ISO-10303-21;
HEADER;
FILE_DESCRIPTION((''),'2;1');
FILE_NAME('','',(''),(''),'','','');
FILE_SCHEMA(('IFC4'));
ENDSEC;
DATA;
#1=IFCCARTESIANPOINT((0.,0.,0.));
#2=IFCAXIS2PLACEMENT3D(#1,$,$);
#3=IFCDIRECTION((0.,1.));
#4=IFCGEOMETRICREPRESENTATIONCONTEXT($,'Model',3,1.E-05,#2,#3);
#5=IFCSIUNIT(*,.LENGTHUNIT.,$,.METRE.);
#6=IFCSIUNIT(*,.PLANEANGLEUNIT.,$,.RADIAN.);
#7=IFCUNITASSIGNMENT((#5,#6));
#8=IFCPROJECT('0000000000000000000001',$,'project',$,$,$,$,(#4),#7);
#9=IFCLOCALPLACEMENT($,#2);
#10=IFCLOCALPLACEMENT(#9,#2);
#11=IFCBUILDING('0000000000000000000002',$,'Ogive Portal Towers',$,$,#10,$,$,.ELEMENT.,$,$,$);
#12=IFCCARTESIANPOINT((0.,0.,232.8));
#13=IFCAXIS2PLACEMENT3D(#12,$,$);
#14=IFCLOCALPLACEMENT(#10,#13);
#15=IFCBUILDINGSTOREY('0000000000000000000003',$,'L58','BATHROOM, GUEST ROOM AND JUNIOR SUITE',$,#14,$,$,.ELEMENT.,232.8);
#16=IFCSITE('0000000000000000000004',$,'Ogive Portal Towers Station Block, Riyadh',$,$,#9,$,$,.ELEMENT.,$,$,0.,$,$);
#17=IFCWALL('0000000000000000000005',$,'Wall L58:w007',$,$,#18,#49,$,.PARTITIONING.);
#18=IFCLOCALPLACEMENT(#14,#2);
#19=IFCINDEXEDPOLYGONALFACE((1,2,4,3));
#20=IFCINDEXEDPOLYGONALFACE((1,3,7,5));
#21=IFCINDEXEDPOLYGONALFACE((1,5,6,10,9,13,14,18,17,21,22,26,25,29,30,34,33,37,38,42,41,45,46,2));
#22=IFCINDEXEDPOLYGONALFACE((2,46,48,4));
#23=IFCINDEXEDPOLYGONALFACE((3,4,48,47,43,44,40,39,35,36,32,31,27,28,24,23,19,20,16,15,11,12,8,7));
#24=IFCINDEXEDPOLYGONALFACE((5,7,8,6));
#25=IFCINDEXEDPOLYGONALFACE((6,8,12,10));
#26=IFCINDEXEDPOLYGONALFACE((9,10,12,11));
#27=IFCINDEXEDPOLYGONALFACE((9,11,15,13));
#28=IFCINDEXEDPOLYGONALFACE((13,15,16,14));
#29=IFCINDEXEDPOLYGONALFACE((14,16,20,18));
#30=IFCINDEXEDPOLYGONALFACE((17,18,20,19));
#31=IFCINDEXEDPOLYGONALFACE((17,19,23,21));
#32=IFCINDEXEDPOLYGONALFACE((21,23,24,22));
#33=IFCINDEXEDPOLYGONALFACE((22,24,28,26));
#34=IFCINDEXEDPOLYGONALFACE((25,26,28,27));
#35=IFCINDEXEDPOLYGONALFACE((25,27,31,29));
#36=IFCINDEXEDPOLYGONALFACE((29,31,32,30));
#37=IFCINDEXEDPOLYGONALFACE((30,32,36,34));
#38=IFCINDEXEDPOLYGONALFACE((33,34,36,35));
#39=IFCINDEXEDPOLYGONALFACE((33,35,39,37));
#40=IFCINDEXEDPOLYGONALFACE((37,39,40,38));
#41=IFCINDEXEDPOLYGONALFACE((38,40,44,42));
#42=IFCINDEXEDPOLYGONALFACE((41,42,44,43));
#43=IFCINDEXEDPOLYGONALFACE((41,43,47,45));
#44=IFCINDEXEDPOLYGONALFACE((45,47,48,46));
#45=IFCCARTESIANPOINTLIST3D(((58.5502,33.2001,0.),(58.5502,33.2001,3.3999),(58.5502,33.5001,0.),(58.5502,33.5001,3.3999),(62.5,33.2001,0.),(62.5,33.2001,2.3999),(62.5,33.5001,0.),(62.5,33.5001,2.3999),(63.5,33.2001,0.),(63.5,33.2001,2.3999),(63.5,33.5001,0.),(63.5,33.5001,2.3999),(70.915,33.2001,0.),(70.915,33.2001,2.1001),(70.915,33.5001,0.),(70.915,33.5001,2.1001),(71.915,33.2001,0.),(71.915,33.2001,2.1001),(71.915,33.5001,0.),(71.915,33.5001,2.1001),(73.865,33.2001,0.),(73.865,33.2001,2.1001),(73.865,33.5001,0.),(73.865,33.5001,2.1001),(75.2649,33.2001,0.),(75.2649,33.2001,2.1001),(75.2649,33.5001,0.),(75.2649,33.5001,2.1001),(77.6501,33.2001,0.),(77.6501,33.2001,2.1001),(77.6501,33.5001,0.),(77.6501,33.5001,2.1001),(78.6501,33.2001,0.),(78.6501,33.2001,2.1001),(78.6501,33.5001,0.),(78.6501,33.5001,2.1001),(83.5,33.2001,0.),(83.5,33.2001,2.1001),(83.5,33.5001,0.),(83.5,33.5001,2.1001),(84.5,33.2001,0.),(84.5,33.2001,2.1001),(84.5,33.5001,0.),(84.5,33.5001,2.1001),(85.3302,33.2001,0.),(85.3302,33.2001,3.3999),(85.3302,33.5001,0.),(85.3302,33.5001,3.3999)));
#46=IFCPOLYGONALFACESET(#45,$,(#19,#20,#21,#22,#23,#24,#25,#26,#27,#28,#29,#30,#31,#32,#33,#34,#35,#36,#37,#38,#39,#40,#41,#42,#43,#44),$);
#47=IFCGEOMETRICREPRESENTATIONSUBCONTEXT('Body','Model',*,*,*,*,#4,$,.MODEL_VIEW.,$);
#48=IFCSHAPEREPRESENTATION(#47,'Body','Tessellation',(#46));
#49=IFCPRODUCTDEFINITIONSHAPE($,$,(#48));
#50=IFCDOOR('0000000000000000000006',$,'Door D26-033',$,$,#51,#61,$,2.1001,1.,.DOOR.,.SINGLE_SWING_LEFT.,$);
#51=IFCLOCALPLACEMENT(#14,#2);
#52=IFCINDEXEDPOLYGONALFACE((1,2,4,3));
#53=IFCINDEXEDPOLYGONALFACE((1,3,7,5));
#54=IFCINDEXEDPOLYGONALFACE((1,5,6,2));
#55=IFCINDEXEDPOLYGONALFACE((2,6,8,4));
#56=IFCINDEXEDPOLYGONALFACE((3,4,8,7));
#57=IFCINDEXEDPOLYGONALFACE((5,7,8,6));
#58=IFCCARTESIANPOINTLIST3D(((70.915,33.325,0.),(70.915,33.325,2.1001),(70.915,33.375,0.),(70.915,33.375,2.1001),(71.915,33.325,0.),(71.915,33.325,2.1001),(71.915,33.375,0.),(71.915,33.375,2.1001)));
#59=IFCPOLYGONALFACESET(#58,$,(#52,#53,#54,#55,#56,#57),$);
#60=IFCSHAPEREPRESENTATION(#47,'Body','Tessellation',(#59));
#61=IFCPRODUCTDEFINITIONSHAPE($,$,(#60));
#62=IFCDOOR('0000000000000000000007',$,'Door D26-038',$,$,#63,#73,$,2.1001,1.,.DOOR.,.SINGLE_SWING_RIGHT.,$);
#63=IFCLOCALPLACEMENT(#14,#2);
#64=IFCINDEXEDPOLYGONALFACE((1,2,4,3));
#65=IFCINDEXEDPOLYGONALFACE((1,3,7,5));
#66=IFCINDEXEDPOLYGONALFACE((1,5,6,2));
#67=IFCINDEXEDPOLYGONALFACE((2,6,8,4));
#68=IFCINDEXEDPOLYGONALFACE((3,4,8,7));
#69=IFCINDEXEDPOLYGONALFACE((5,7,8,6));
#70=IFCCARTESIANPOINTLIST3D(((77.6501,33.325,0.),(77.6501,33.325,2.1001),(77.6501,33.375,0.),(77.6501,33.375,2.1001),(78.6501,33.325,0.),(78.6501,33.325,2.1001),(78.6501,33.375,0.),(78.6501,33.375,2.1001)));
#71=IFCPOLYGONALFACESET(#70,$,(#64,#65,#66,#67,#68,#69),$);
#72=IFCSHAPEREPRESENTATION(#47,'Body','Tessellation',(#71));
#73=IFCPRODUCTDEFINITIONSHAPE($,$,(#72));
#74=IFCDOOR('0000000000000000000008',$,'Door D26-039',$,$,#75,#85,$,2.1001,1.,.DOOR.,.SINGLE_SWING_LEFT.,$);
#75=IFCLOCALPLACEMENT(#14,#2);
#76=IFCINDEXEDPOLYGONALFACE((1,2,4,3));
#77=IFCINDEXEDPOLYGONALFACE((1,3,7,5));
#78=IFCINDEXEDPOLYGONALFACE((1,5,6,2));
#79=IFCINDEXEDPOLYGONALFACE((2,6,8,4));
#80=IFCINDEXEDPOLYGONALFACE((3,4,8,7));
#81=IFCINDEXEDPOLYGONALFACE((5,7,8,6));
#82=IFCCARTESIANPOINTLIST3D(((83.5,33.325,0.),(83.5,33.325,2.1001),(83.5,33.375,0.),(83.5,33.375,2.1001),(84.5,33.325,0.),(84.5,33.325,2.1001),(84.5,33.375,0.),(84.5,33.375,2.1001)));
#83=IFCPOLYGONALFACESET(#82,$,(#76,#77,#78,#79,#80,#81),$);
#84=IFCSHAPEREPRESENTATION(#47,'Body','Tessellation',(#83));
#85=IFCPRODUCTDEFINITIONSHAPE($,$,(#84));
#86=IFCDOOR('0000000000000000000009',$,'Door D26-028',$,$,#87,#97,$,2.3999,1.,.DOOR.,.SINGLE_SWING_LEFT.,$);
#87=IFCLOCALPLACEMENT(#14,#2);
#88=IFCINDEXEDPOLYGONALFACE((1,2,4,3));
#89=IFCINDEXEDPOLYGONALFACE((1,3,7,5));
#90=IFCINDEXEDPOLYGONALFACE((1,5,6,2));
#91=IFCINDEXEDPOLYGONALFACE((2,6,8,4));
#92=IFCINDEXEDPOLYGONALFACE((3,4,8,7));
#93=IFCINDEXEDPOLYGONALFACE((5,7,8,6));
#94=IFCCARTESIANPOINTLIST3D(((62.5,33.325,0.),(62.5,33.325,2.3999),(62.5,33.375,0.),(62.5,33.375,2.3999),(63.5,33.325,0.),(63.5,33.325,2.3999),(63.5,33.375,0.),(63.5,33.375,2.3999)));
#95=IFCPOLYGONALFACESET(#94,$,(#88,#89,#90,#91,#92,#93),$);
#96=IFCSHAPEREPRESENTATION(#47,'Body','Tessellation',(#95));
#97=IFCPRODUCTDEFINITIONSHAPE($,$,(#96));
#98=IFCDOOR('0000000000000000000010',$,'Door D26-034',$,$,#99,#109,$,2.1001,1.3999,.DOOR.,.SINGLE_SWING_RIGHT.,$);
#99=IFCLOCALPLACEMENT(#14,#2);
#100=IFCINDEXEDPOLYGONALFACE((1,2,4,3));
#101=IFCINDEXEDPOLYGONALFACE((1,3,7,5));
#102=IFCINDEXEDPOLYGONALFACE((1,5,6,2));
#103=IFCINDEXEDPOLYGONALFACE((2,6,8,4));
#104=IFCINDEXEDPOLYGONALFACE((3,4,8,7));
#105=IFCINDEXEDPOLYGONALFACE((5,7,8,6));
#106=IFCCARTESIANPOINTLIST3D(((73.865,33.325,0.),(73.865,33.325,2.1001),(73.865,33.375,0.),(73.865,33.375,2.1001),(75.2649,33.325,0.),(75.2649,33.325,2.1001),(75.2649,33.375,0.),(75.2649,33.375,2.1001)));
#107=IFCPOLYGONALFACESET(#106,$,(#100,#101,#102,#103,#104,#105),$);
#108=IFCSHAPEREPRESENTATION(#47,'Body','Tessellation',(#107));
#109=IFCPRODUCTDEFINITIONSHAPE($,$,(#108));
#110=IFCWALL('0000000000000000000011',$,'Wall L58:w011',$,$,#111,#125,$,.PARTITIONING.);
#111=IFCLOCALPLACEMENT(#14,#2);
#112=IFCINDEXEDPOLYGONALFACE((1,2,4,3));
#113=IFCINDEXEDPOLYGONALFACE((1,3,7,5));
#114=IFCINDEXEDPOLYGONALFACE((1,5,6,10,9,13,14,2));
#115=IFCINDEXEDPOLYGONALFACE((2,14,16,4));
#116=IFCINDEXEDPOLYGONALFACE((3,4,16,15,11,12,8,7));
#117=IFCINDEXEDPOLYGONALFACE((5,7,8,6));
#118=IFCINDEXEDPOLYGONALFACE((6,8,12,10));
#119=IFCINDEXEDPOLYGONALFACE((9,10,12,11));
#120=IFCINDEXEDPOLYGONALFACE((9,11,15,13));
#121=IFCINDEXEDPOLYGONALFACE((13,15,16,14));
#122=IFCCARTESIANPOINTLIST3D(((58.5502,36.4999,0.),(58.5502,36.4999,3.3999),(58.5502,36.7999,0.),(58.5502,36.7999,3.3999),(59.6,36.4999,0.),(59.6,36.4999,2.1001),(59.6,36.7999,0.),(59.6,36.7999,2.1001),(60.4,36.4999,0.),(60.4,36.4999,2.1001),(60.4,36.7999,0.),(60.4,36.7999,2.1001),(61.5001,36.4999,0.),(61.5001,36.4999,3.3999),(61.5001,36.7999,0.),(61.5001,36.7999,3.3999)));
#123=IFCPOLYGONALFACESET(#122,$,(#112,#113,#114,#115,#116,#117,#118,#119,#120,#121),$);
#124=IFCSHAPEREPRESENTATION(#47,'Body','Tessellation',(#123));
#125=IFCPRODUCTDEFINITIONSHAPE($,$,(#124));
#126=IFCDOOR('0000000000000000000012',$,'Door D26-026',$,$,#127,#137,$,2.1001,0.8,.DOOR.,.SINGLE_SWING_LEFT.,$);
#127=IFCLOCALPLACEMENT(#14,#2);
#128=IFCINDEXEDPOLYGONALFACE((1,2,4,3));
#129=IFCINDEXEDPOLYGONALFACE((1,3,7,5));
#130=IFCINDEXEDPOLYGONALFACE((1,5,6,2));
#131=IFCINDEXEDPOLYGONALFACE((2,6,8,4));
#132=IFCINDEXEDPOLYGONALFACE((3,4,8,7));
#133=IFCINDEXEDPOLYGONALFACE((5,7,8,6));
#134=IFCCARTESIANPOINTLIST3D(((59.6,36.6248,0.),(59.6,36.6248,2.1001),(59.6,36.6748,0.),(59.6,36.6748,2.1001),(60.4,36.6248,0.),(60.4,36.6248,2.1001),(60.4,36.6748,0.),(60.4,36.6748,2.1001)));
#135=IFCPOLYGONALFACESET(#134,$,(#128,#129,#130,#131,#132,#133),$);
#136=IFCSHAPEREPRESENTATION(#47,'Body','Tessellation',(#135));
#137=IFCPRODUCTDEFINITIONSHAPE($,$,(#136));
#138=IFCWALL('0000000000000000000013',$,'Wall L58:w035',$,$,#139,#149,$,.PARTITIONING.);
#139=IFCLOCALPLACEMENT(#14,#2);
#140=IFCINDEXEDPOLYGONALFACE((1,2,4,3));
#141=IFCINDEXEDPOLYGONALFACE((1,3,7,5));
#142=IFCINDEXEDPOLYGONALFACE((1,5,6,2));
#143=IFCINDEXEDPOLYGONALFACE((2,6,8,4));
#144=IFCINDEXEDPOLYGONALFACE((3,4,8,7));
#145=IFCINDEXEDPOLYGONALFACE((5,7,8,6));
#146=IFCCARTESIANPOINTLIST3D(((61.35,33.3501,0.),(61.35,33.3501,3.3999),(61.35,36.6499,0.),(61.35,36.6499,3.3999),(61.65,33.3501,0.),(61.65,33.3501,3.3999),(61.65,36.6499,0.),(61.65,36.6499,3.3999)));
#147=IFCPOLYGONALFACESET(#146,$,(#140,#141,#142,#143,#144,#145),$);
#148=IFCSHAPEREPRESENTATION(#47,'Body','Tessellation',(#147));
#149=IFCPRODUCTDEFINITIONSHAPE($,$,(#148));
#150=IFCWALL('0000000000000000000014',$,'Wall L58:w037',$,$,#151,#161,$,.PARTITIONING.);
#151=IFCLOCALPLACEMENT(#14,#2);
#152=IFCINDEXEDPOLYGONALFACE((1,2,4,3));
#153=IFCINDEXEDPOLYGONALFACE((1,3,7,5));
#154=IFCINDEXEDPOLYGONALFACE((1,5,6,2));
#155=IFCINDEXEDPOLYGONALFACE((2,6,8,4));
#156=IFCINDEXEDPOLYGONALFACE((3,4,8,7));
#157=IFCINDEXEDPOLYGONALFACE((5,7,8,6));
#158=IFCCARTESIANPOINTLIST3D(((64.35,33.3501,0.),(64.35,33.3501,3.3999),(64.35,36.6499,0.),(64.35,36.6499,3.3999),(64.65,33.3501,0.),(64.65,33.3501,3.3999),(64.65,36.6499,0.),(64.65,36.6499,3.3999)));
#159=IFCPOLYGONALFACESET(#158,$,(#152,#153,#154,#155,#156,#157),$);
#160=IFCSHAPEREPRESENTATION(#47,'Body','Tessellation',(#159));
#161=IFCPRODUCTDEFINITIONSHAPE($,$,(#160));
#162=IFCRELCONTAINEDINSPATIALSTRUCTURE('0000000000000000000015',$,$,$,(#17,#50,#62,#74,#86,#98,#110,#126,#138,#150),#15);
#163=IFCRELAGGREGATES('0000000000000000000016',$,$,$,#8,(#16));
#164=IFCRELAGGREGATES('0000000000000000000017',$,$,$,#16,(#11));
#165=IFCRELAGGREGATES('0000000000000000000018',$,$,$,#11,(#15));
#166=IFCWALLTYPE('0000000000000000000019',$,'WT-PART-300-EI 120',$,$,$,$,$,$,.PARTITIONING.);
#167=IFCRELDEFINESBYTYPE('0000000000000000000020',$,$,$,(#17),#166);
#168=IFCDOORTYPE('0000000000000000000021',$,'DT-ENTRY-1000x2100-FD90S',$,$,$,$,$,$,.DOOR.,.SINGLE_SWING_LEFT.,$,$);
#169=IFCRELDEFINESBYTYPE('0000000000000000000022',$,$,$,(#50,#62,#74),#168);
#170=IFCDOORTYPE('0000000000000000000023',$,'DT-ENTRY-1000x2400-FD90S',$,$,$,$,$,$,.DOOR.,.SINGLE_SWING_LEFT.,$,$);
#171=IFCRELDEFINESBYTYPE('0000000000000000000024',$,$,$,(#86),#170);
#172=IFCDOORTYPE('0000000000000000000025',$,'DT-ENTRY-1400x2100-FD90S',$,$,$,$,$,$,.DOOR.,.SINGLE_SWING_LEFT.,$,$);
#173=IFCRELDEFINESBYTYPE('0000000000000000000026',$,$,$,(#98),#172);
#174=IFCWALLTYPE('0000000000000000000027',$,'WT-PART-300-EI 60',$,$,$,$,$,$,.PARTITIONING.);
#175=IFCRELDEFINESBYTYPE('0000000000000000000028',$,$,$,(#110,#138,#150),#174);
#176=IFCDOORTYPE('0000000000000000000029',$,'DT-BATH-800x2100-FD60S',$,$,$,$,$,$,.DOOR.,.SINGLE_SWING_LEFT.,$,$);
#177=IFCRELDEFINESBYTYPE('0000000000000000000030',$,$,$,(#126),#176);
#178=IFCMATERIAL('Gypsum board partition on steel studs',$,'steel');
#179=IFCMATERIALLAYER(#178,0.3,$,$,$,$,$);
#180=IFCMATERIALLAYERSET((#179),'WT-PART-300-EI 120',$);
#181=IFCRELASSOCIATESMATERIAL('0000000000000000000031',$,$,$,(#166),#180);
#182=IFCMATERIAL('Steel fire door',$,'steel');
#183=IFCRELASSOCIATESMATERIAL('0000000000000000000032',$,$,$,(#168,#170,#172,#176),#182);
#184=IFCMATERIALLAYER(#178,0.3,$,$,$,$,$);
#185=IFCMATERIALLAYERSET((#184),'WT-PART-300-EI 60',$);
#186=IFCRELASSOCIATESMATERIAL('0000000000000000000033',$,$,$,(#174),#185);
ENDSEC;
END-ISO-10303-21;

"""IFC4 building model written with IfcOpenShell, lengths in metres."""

from ifc_helpers import new_model, si_unit, direction, frame, frame_2d, origin, place, context, subcontext, project, spatial, rectangle, extrude, material, layer, layer_set, type_object, element, fill, save


model = new_model("IFC4")

# Units and contexts
model_context = context("Model", 3, precision=1e-05, world=origin(), true_north=direction((0.0, 1.0)))
body_context = subcontext(model_context, "Body", "Model", "MODEL_VIEW")
ifc_project = project(units=[si_unit("LENGTHUNIT", "METRE"), si_unit("PLANEANGLEUNIT", "RADIAN")], contexts=[model_context])

# Site, building, storey
site_placement = place(None, origin())
site = spatial("IfcSite", under=ifc_project, at=site_placement, Name="Ogive Portal Towers Station Block, Riyadh", CompositionType="ELEMENT", RefElevation=0.0)
building_placement = place(site_placement, origin())
building = spatial("IfcBuilding", under=site, at=building_placement, Name="Ogive Portal Towers", CompositionType="ELEMENT")
storey_placement = place(building_placement, frame((0.0, 0.0, 232.8)))
storey = spatial("IfcBuildingStorey", under=building, at=storey_placement, Name="L58", Description="BATHROOM, GUEST ROOM AND JUNIOR SUITE", CompositionType="ELEMENT", Elevation=232.8)

# Wall, openings, doors
ifc_material_1 = material(Name="Gypsum board partition on steel studs", Category="steel")
ifc_layer_1 = layer(ifc_material_1, 0.3)
ifc_layer_set_1 = layer_set([ifc_layer_1], Name="WT-PART-300-EI 120")
wall_type_1 = type_object("IfcWallType", Name="WT-PART-300-EI 120", PredefinedType="PARTITIONING", material=ifc_layer_set_1)
wall_1_placement = place(storey_placement, frame((58.55, 33.3501, 0.0), z_axis=(0.0, 0.0, 1.0), x_axis=(1.0, 0.0, 0.0)))
wall_1 = element("IfcWall", 1, at=wall_1_placement, inside=storey, type_object=wall_type_1, Name="Wall L58:w007", PredefinedType="PARTITIONING", context=body_context, shape_type="SweptSolid", body=[
    extrude(rectangle(XDim=26.78, YDim=0.3, at=frame_2d((13.3901, 0.0))), origin(), (0.0, 0.0, 1.0), 3.3999),
])
opening_1_placement = place(wall_1_placement, frame((3.95, 0.0, 0.0)))
opening_1 = element("IfcOpeningElement", 2, at=opening_1_placement, cuts=wall_1, PredefinedType="OPENING", context=body_context, shape_type="SweptSolid", body=[
    extrude(rectangle(XDim=1.0, YDim=2.3999, at=frame_2d((0.5, 1.2))), frame((0.0, 0.1602, 0.0), z_axis=(0.0, -1.0, 0.0), x_axis=(1.0, 0.0, 0.0)), (0.0, 0.0, 1.0), 0.3201),
])
opening_2_placement = place(wall_1_placement, frame((12.365, 0.0, 0.0)))
opening_2 = element("IfcOpeningElement", 3, at=opening_2_placement, cuts=wall_1, PredefinedType="OPENING", context=body_context, shape_type="SweptSolid", body=[
    extrude(rectangle(XDim=1.0, YDim=2.1001, at=frame_2d((0.5, 1.05))), frame((0.0, 0.1602, 0.0), z_axis=(0.0, -1.0, 0.0), x_axis=(1.0, 0.0, 0.0)), (0.0, 0.0, 1.0), 0.3201),
])
opening_3_placement = place(wall_1_placement, frame((15.3149, 0.0, 0.0)))
opening_3 = element("IfcOpeningElement", 4, at=opening_3_placement, cuts=wall_1, PredefinedType="OPENING", context=body_context, shape_type="SweptSolid", body=[
    extrude(rectangle(XDim=1.3999, YDim=2.1001, at=frame_2d((0.7, 1.05))), frame((0.0, 0.1602, 0.0), z_axis=(0.0, -1.0, 0.0), x_axis=(1.0, 0.0, 0.0)), (0.0, 0.0, 1.0), 0.3201),
])
opening_4_placement = place(wall_1_placement, frame((19.1001, 0.0, 0.0)))
opening_4 = element("IfcOpeningElement", 5, at=opening_4_placement, cuts=wall_1, PredefinedType="OPENING", context=body_context, shape_type="SweptSolid", body=[
    extrude(rectangle(XDim=1.0, YDim=2.1001, at=frame_2d((0.5, 1.05))), frame((0.0, 0.1602, 0.0), z_axis=(0.0, -1.0, 0.0), x_axis=(1.0, 0.0, 0.0)), (0.0, 0.0, 1.0), 0.3201),
])
opening_5_placement = place(wall_1_placement, frame((24.95, 0.0, 0.0)))
opening_5 = element("IfcOpeningElement", 6, at=opening_5_placement, cuts=wall_1, PredefinedType="OPENING", context=body_context, shape_type="SweptSolid", body=[
    extrude(rectangle(XDim=1.0, YDim=2.1001, at=frame_2d((0.5, 1.05))), frame((0.0, 0.1602, 0.0), z_axis=(0.0, -1.0, 0.0), x_axis=(1.0, 0.0, 0.0)), (0.0, 0.0, 1.0), 0.3201),
])
ifc_material_2 = material(Name="Steel fire door", Category="steel")
door_type_1 = type_object("IfcDoorType", Name="DT-ENTRY-1000x2100-FD90S", OperationType="SINGLE_SWING_LEFT", PredefinedType="DOOR", material=ifc_material_2)
door_1_placement = place(opening_2_placement, origin())
door_1 = element("IfcDoor", 7, at=door_1_placement, inside=storey, type_object=door_type_1, Name="Door D26-033", OperationType="SINGLE_SWING_LEFT", OverallHeight=2.1001, OverallWidth=1.0, PredefinedType="DOOR", context=body_context, shape_type="SweptSolid", body=[
    extrude(rectangle(XDim=1.0, YDim=2.1001, at=frame_2d((0.5, 1.05))), frame((0.0, 0.0249, 0.0), z_axis=(0.0, -1.0, 0.0), x_axis=(1.0, 0.0, 0.0)), (0.0, 0.0, 1.0), 0.05),
])
fill(opening_2, door_1)
door_2_placement = place(opening_4_placement, origin())
door_2 = element("IfcDoor", 8, at=door_2_placement, inside=storey, type_object=door_type_1, Name="Door D26-038", OperationType="SINGLE_SWING_RIGHT", OverallHeight=2.1001, OverallWidth=1.0, PredefinedType="DOOR", context=body_context, shape_type="SweptSolid", body=[
    extrude(rectangle(XDim=1.0, YDim=2.1001, at=frame_2d((0.5, 1.05))), frame((0.0, 0.0249, 0.0), z_axis=(0.0, -1.0, 0.0), x_axis=(1.0, 0.0, 0.0)), (0.0, 0.0, 1.0), 0.05),
])
fill(opening_4, door_2)
door_3_placement = place(opening_5_placement, origin())
door_3 = element("IfcDoor", 9, at=door_3_placement, inside=storey, type_object=door_type_1, Name="Door D26-039", OperationType="SINGLE_SWING_LEFT", OverallHeight=2.1001, OverallWidth=1.0, PredefinedType="DOOR", context=body_context, shape_type="SweptSolid", body=[
    extrude(rectangle(XDim=1.0, YDim=2.1001, at=frame_2d((0.5, 1.05))), frame((0.0, 0.0249, 0.0), z_axis=(0.0, -1.0, 0.0), x_axis=(1.0, 0.0, 0.0)), (0.0, 0.0, 1.0), 0.05),
])
fill(opening_5, door_3)
door_type_2 = type_object("IfcDoorType", Name="DT-ENTRY-1000x2400-FD90S", OperationType="SINGLE_SWING_LEFT", PredefinedType="DOOR", material=ifc_material_2)
door_4_placement = place(opening_1_placement, origin())
door_4 = element("IfcDoor", 10, at=door_4_placement, inside=storey, type_object=door_type_2, Name="Door D26-028", OperationType="SINGLE_SWING_LEFT", OverallHeight=2.3999, OverallWidth=1.0, PredefinedType="DOOR", context=body_context, shape_type="SweptSolid", body=[
    extrude(rectangle(XDim=1.0, YDim=2.3999, at=frame_2d((0.5, 1.2))), frame((0.0, 0.0249, 0.0), z_axis=(0.0, -1.0, 0.0), x_axis=(1.0, 0.0, 0.0)), (0.0, 0.0, 1.0), 0.05),
])
fill(opening_1, door_4)
door_type_3 = type_object("IfcDoorType", Name="DT-ENTRY-1400x2100-FD90S", OperationType="SINGLE_SWING_LEFT", PredefinedType="DOOR", material=ifc_material_2)
door_5_placement = place(opening_3_placement, origin())
door_5 = element("IfcDoor", 11, at=door_5_placement, inside=storey, type_object=door_type_3, Name="Door D26-034", OperationType="SINGLE_SWING_RIGHT", OverallHeight=2.1001, OverallWidth=1.3999, PredefinedType="DOOR", context=body_context, shape_type="SweptSolid", body=[
    extrude(rectangle(XDim=1.3999, YDim=2.1001, at=frame_2d((0.7, 1.05))), frame((0.0, 0.0249, 0.0), z_axis=(0.0, -1.0, 0.0), x_axis=(1.0, 0.0, 0.0)), (0.0, 0.0, 1.0), 0.05),
])
fill(opening_3, door_5)

# Wall, opening, door
ifc_layer_2 = layer(ifc_material_1, 0.3)
ifc_layer_set_2 = layer_set([ifc_layer_2], Name="WT-PART-300-EI 60")
wall_type_2 = type_object("IfcWallType", Name="WT-PART-300-EI 60", PredefinedType="PARTITIONING", material=ifc_layer_set_2)
wall_2_placement = place(storey_placement, frame((58.55, 36.6499, 0.0), z_axis=(0.0, 0.0, 1.0), x_axis=(1.0, 0.0, 0.0)))
wall_2 = element("IfcWall", 12, at=wall_2_placement, inside=storey, type_object=wall_type_2, Name="Wall L58:w011", PredefinedType="PARTITIONING", context=body_context, shape_type="SweptSolid", body=[
    extrude(rectangle(XDim=2.95, YDim=0.3, at=frame_2d((1.4751, 0.0))), origin(), (0.0, 0.0, 1.0), 3.3999),
])
opening_6_placement = place(wall_2_placement, frame((1.05, 0.0, 0.0)))
opening_6 = element("IfcOpeningElement", 13, at=opening_6_placement, cuts=wall_2, PredefinedType="OPENING", context=body_context, shape_type="SweptSolid", body=[
    extrude(rectangle(XDim=0.8, YDim=2.1001, at=frame_2d((0.3999, 1.05))), frame((0.0, 0.1602, 0.0), z_axis=(0.0, -1.0, 0.0), x_axis=(1.0, 0.0, 0.0)), (0.0, 0.0, 1.0), 0.3201),
])
door_type_4 = type_object("IfcDoorType", Name="DT-BATH-800x2100-FD60S", OperationType="SINGLE_SWING_LEFT", PredefinedType="DOOR", material=ifc_material_2)
door_6_placement = place(opening_6_placement, origin())
door_6 = element("IfcDoor", 14, at=door_6_placement, inside=storey, type_object=door_type_4, Name="Door D26-026", OperationType="SINGLE_SWING_LEFT", OverallHeight=2.1001, OverallWidth=0.8, PredefinedType="DOOR", context=body_context, shape_type="SweptSolid", body=[
    extrude(rectangle(XDim=0.8, YDim=2.1001, at=frame_2d((0.3999, 1.05))), frame((0.0, 0.0249, 0.0), z_axis=(0.0, -1.0, 0.0), x_axis=(1.0, 0.0, 0.0)), (0.0, 0.0, 1.0), 0.05),
])
fill(opening_6, door_6)

# Walls
for number, where, z_axis, x_axis, name in (
    (15, (61.5, 33.3501, 0.0), (0.0, 0.0, 1.0), (0.0, 1.0, 0.0), "Wall L58:w035"),
    (16, (64.5, 33.3501, 0.0), (0.0, 0.0, 1.0), (0.0, 1.0, 0.0), "Wall L58:w037"),
):
    element("IfcWall", number, at=place(storey_placement, frame(where, z_axis=z_axis, x_axis=x_axis)), inside=storey, type_object=wall_type_2, Name=name, PredefinedType="PARTITIONING", context=body_context, shape_type="SweptSolid", body=[
        extrude(rectangle(XDim=3.2998, YDim=0.3, at=frame_2d((1.6499, 0.0))), origin(), (0.0, 0.0, 1.0), 3.3999),
    ])

save(model, "model.ifc")
